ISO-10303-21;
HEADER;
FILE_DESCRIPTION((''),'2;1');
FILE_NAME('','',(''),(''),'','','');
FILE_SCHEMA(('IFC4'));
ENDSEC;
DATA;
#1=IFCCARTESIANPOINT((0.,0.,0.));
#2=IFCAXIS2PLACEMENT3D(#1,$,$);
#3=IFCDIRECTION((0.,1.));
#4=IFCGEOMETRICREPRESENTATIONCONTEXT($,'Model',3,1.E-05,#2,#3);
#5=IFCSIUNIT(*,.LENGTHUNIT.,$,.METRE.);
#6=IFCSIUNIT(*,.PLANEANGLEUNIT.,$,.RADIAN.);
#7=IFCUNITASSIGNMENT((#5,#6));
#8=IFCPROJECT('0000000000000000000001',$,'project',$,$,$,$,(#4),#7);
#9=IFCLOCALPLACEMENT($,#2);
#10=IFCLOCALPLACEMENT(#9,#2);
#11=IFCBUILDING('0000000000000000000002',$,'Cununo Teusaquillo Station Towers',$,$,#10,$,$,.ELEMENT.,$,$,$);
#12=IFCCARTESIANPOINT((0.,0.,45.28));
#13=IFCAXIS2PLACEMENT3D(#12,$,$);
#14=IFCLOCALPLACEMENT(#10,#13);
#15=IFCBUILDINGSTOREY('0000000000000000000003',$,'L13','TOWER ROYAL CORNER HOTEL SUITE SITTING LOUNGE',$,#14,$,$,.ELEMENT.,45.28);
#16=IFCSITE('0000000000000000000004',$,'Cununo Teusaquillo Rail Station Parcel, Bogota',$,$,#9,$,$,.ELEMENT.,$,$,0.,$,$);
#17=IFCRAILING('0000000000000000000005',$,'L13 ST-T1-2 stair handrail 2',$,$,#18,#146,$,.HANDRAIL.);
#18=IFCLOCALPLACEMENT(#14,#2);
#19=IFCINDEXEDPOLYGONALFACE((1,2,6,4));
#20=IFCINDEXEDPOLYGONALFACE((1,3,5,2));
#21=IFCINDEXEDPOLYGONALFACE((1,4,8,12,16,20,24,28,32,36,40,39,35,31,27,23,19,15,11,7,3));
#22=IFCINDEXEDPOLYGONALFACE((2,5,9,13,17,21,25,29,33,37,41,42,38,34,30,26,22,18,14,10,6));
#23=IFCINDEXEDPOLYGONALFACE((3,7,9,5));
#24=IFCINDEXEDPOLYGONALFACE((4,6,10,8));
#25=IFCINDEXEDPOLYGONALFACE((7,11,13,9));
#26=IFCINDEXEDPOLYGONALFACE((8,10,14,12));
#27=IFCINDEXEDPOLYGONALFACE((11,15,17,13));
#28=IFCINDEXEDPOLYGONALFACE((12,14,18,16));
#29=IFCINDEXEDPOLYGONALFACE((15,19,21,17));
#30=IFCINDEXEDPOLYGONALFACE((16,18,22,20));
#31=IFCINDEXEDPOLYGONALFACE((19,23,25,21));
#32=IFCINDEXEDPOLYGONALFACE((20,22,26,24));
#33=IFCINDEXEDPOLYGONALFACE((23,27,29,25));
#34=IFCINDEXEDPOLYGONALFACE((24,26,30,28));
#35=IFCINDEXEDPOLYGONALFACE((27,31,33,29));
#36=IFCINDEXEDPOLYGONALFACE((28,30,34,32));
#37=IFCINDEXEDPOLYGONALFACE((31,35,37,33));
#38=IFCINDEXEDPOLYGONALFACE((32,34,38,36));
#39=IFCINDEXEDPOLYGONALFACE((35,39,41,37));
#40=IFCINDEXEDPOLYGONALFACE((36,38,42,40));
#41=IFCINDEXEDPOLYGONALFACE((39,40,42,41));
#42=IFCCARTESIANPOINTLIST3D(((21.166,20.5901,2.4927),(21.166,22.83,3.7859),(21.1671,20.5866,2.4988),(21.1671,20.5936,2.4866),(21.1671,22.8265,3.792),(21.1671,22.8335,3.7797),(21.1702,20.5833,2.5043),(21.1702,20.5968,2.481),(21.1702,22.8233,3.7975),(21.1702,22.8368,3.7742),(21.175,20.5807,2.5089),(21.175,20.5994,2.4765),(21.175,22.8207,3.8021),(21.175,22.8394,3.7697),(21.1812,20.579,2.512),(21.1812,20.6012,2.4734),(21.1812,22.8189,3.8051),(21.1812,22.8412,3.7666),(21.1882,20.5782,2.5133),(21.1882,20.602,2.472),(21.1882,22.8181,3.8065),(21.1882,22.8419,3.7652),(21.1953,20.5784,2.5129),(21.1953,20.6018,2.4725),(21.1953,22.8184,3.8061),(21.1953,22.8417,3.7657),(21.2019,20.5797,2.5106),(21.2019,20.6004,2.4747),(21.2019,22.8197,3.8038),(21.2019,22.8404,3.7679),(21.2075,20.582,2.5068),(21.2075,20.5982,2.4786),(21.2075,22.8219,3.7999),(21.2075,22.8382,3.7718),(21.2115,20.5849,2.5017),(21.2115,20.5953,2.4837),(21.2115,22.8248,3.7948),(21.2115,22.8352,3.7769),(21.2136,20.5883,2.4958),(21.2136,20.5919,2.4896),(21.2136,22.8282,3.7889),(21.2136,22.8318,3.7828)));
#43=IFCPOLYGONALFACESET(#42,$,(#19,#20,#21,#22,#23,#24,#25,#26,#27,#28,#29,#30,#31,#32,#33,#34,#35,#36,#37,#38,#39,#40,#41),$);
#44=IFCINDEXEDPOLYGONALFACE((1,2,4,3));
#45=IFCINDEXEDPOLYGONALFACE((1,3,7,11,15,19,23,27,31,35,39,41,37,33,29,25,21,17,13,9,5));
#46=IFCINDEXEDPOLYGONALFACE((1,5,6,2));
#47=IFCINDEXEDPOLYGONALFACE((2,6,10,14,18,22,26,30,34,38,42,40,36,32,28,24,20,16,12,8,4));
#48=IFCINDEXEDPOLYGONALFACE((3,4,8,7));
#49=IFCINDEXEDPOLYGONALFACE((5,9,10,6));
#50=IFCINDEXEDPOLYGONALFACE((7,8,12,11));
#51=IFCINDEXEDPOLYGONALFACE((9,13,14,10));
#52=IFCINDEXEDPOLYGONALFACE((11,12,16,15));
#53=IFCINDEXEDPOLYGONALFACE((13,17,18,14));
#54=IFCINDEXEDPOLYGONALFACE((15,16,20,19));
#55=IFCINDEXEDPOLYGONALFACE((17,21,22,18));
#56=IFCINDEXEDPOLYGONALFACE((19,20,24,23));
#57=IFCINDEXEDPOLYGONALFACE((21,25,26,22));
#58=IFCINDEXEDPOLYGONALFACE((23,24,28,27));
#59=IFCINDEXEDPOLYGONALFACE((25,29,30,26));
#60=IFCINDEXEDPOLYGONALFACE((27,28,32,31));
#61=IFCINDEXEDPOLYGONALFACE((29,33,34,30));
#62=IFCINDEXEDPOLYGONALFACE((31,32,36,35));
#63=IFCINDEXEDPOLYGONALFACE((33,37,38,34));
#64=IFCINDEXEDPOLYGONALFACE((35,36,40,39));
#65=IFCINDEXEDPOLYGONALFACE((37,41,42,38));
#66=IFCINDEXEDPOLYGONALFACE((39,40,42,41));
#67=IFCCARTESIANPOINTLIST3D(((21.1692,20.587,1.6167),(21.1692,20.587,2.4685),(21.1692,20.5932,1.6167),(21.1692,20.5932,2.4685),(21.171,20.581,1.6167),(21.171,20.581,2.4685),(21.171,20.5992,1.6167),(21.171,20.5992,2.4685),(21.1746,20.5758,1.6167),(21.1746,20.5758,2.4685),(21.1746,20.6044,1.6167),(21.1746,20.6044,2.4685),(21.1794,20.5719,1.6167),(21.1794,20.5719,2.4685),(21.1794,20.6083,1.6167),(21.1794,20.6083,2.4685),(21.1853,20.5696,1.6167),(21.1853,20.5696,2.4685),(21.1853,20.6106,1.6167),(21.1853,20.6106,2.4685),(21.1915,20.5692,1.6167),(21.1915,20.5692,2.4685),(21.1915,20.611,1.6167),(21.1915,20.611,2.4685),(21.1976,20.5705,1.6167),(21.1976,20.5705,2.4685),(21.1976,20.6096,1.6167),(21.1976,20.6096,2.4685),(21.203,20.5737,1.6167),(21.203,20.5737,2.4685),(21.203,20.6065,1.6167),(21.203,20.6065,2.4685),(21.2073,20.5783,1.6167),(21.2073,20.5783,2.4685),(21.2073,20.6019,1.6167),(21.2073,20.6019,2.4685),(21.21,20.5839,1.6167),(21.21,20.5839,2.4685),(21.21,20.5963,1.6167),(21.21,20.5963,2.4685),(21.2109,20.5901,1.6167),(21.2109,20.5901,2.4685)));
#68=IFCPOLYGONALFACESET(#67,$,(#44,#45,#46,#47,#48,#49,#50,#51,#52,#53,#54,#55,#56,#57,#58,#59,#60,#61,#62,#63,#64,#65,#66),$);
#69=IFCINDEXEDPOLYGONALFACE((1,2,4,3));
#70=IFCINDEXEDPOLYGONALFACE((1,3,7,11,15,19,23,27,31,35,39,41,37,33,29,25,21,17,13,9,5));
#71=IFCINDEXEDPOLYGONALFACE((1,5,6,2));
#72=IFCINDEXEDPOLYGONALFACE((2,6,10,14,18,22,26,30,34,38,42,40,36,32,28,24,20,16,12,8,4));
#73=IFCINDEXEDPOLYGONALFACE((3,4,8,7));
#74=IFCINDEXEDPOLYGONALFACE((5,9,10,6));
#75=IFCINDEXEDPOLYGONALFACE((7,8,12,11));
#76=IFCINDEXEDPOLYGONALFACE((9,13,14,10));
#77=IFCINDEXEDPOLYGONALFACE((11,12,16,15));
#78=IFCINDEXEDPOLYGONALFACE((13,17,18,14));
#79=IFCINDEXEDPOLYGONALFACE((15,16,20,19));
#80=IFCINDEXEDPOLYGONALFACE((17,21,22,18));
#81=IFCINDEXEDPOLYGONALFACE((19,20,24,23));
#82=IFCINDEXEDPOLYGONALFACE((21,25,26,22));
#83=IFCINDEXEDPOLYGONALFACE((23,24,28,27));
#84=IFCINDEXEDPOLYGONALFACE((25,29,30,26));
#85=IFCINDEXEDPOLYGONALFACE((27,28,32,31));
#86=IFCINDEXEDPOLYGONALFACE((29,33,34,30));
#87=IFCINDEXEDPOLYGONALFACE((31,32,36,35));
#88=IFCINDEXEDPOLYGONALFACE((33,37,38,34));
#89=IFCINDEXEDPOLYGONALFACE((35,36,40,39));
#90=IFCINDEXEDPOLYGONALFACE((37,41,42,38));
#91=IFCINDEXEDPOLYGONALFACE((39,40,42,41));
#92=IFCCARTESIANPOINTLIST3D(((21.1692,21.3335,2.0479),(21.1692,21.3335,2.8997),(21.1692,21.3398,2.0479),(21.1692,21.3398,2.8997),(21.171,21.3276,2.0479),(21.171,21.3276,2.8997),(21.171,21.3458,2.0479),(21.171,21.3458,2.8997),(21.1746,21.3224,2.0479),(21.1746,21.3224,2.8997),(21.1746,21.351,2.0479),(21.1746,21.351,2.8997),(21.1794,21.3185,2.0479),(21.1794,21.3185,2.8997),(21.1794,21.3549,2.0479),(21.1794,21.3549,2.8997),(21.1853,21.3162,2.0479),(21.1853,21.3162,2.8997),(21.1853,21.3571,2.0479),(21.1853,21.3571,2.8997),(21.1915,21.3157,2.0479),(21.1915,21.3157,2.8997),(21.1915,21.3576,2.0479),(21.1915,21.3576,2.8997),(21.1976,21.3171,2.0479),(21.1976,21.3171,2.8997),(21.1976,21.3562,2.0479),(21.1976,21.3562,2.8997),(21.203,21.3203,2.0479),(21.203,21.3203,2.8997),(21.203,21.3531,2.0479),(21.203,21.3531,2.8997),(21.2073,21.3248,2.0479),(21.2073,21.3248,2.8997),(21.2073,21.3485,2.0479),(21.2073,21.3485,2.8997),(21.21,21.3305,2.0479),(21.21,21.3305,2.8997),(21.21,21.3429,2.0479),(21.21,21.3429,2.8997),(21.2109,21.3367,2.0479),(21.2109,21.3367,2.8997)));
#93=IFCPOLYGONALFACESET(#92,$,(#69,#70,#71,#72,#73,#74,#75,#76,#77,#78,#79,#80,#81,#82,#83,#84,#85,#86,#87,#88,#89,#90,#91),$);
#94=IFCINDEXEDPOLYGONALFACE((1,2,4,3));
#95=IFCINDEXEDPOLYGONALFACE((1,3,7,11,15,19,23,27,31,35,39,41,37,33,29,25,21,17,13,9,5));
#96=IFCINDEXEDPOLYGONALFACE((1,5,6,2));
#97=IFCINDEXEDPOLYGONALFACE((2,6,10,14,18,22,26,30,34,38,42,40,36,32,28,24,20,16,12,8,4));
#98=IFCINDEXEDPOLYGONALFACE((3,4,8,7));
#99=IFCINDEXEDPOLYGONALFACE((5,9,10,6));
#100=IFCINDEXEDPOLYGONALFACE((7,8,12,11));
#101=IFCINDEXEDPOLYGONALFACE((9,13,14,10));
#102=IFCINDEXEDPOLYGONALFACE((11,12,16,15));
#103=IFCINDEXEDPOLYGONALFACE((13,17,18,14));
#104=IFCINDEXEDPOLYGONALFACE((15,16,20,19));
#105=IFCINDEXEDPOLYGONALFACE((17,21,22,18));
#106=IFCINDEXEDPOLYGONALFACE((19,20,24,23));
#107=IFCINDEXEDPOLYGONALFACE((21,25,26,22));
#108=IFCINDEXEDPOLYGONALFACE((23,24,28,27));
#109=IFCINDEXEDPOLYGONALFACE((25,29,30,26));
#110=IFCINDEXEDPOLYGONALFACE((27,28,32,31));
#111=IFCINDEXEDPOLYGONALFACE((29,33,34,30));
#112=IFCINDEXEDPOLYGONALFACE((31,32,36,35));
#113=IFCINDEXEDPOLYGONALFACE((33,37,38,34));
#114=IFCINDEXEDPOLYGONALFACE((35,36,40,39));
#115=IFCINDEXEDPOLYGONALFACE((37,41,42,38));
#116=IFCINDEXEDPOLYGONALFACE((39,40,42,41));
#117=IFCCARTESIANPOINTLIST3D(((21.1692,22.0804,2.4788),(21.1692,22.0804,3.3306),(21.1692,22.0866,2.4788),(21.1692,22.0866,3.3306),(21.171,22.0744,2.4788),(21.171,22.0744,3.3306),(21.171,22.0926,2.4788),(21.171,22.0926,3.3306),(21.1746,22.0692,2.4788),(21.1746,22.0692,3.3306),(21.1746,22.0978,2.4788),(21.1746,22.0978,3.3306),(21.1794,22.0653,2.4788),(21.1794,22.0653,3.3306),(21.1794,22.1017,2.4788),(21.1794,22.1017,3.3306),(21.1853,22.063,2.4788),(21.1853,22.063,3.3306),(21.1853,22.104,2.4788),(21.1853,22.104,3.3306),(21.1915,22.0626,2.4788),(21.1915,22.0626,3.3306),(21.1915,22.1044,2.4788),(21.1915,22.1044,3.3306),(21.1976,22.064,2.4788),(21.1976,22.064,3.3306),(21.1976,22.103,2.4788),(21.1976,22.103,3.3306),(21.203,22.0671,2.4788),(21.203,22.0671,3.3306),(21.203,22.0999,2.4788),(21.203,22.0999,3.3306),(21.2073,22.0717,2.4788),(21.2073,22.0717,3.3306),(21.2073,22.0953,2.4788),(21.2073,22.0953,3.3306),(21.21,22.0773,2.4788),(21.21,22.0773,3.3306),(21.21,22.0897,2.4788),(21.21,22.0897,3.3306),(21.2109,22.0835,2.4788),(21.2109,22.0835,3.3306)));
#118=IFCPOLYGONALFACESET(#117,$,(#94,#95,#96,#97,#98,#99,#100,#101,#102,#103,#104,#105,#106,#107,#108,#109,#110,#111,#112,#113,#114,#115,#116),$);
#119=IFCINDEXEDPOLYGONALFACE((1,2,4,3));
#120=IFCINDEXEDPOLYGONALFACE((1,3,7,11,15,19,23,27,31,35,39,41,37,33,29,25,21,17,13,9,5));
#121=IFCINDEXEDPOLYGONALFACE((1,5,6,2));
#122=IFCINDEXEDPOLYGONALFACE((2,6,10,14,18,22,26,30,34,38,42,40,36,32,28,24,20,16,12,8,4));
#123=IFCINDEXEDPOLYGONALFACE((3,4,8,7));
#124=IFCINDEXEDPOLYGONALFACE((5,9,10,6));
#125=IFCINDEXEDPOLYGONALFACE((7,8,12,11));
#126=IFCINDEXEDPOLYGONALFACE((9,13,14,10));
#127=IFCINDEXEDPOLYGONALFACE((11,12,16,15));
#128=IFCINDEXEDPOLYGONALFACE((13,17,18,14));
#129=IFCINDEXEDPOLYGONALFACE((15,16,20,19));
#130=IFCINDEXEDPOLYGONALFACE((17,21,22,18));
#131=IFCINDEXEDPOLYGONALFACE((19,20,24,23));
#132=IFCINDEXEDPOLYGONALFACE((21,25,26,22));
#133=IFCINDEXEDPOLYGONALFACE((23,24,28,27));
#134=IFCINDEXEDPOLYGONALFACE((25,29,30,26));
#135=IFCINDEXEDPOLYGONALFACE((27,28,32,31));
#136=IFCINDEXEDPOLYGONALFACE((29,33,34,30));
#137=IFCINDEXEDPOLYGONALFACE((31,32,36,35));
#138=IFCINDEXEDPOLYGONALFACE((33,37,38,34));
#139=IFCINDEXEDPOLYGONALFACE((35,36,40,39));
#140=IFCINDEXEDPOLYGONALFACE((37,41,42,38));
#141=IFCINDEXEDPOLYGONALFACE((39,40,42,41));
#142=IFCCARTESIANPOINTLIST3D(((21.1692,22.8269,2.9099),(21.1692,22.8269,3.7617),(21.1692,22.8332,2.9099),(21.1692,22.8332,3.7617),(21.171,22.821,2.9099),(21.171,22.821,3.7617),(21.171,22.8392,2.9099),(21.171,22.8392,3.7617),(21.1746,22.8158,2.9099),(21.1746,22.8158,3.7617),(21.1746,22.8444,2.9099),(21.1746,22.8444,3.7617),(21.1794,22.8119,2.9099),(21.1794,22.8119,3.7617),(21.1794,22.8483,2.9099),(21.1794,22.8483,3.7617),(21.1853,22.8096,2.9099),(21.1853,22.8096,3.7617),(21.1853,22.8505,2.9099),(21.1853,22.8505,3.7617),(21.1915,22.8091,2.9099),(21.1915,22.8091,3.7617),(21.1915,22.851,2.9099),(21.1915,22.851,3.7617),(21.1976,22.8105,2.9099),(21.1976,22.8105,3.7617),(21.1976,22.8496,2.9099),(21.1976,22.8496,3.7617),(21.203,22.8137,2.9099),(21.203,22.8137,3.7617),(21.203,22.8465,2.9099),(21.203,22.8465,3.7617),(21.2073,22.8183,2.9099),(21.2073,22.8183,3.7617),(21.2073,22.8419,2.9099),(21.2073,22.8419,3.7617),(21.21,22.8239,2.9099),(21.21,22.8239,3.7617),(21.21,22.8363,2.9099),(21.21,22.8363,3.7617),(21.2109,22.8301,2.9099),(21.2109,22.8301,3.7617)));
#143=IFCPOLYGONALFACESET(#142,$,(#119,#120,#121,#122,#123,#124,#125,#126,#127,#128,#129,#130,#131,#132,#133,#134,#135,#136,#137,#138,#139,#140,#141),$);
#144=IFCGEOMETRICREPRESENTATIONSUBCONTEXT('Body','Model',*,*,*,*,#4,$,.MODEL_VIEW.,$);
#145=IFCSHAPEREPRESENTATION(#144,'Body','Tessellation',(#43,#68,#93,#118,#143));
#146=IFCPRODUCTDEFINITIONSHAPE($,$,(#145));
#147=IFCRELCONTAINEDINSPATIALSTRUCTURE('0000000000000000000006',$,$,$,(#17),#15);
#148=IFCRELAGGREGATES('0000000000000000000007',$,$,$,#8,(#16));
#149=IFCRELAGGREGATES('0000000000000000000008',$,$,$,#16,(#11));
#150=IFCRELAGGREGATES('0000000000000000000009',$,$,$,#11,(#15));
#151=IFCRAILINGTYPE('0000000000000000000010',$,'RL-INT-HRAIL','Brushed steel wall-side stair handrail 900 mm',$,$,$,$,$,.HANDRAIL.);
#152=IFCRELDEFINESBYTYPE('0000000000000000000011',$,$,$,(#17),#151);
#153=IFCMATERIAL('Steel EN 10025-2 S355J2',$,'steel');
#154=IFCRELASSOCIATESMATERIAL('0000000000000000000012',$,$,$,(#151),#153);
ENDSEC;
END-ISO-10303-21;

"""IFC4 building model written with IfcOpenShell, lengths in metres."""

from ifc_helpers import new_model, si_unit, direction, frame, origin, origin_2d, place, context, subcontext, project, spatial, circle, extrude, material, type_object, element, save


model = new_model("IFC4")

# Units and contexts
model_context = context("Model", 3, precision=1e-05, world=origin(), true_north=direction((0.0, 1.0)))
body_context = subcontext(model_context, "Body", "Model", "MODEL_VIEW")
ifc_project = project(units=[si_unit("LENGTHUNIT", "METRE"), si_unit("PLANEANGLEUNIT", "RADIAN")], contexts=[model_context])

# Site, building, storey
site_placement = place(None, origin())
site = spatial("IfcSite", under=ifc_project, at=site_placement, Name="Cununo Teusaquillo Rail Station Parcel, Bogota", CompositionType="ELEMENT", RefElevation=0.0)
building_placement = place(site_placement, origin())
building = spatial("IfcBuilding", under=site, at=building_placement, Name="Cununo Teusaquillo Station Towers", CompositionType="ELEMENT")
storey_placement = place(building_placement, frame((0.0, 0.0, 45.28)))
storey = spatial("IfcBuildingStorey", under=building, at=storey_placement, Name="L13", Description="TOWER ROYAL CORNER HOTEL SUITE SITTING LOUNGE", CompositionType="ELEMENT", Elevation=45.28)

# Railing
ifc_material_1 = material(Name="Steel EN 10025-2 S355J2", Category="steel")
railing_type_1 = type_object("IfcRailingType", Name="RL-INT-HRAIL", Description="Brushed steel wall-side stair handrail 900 mm", PredefinedType="HANDRAIL", material=ifc_material_1)
railing_1_placement = place(storey_placement, frame((21.1899, 20.5901, 1.6167)))
element("IfcRailing", 1, at=railing_1_placement, inside=storey, type_object=railing_type_1, Name="L13 ST-T1-2 stair handrail 2", PredefinedType="HANDRAIL", context=body_context, shape_type="SweptSolid", body=[
    extrude(circle(Radius=0.0239, at=origin_2d()), frame((0.0, 0.0, 0.876), z_axis=(0.0, 0.866033, 0.499987), x_axis=(-1.0, 0.0, 0.0)), (0.0, 0.0, 1.0), 2.5864),
    extrude(circle(Radius=0.021, at=origin_2d()), origin(), (0.0, 0.0, 1.0), 0.8518),
    extrude(circle(Radius=0.021, at=origin_2d()), frame((0.0, 0.7466, 0.4312)), (0.0, 0.0, 1.0), 0.8518),
    extrude(circle(Radius=0.021, at=origin_2d()), frame((0.0, 1.4934, 0.8621)), (0.0, 0.0, 1.0), 0.8518),
    extrude(circle(Radius=0.021, at=origin_2d()), frame((0.0, 2.24, 1.2932)), (0.0, 0.0, 1.0), 0.8518),
])

save(model, "model.ifc")
